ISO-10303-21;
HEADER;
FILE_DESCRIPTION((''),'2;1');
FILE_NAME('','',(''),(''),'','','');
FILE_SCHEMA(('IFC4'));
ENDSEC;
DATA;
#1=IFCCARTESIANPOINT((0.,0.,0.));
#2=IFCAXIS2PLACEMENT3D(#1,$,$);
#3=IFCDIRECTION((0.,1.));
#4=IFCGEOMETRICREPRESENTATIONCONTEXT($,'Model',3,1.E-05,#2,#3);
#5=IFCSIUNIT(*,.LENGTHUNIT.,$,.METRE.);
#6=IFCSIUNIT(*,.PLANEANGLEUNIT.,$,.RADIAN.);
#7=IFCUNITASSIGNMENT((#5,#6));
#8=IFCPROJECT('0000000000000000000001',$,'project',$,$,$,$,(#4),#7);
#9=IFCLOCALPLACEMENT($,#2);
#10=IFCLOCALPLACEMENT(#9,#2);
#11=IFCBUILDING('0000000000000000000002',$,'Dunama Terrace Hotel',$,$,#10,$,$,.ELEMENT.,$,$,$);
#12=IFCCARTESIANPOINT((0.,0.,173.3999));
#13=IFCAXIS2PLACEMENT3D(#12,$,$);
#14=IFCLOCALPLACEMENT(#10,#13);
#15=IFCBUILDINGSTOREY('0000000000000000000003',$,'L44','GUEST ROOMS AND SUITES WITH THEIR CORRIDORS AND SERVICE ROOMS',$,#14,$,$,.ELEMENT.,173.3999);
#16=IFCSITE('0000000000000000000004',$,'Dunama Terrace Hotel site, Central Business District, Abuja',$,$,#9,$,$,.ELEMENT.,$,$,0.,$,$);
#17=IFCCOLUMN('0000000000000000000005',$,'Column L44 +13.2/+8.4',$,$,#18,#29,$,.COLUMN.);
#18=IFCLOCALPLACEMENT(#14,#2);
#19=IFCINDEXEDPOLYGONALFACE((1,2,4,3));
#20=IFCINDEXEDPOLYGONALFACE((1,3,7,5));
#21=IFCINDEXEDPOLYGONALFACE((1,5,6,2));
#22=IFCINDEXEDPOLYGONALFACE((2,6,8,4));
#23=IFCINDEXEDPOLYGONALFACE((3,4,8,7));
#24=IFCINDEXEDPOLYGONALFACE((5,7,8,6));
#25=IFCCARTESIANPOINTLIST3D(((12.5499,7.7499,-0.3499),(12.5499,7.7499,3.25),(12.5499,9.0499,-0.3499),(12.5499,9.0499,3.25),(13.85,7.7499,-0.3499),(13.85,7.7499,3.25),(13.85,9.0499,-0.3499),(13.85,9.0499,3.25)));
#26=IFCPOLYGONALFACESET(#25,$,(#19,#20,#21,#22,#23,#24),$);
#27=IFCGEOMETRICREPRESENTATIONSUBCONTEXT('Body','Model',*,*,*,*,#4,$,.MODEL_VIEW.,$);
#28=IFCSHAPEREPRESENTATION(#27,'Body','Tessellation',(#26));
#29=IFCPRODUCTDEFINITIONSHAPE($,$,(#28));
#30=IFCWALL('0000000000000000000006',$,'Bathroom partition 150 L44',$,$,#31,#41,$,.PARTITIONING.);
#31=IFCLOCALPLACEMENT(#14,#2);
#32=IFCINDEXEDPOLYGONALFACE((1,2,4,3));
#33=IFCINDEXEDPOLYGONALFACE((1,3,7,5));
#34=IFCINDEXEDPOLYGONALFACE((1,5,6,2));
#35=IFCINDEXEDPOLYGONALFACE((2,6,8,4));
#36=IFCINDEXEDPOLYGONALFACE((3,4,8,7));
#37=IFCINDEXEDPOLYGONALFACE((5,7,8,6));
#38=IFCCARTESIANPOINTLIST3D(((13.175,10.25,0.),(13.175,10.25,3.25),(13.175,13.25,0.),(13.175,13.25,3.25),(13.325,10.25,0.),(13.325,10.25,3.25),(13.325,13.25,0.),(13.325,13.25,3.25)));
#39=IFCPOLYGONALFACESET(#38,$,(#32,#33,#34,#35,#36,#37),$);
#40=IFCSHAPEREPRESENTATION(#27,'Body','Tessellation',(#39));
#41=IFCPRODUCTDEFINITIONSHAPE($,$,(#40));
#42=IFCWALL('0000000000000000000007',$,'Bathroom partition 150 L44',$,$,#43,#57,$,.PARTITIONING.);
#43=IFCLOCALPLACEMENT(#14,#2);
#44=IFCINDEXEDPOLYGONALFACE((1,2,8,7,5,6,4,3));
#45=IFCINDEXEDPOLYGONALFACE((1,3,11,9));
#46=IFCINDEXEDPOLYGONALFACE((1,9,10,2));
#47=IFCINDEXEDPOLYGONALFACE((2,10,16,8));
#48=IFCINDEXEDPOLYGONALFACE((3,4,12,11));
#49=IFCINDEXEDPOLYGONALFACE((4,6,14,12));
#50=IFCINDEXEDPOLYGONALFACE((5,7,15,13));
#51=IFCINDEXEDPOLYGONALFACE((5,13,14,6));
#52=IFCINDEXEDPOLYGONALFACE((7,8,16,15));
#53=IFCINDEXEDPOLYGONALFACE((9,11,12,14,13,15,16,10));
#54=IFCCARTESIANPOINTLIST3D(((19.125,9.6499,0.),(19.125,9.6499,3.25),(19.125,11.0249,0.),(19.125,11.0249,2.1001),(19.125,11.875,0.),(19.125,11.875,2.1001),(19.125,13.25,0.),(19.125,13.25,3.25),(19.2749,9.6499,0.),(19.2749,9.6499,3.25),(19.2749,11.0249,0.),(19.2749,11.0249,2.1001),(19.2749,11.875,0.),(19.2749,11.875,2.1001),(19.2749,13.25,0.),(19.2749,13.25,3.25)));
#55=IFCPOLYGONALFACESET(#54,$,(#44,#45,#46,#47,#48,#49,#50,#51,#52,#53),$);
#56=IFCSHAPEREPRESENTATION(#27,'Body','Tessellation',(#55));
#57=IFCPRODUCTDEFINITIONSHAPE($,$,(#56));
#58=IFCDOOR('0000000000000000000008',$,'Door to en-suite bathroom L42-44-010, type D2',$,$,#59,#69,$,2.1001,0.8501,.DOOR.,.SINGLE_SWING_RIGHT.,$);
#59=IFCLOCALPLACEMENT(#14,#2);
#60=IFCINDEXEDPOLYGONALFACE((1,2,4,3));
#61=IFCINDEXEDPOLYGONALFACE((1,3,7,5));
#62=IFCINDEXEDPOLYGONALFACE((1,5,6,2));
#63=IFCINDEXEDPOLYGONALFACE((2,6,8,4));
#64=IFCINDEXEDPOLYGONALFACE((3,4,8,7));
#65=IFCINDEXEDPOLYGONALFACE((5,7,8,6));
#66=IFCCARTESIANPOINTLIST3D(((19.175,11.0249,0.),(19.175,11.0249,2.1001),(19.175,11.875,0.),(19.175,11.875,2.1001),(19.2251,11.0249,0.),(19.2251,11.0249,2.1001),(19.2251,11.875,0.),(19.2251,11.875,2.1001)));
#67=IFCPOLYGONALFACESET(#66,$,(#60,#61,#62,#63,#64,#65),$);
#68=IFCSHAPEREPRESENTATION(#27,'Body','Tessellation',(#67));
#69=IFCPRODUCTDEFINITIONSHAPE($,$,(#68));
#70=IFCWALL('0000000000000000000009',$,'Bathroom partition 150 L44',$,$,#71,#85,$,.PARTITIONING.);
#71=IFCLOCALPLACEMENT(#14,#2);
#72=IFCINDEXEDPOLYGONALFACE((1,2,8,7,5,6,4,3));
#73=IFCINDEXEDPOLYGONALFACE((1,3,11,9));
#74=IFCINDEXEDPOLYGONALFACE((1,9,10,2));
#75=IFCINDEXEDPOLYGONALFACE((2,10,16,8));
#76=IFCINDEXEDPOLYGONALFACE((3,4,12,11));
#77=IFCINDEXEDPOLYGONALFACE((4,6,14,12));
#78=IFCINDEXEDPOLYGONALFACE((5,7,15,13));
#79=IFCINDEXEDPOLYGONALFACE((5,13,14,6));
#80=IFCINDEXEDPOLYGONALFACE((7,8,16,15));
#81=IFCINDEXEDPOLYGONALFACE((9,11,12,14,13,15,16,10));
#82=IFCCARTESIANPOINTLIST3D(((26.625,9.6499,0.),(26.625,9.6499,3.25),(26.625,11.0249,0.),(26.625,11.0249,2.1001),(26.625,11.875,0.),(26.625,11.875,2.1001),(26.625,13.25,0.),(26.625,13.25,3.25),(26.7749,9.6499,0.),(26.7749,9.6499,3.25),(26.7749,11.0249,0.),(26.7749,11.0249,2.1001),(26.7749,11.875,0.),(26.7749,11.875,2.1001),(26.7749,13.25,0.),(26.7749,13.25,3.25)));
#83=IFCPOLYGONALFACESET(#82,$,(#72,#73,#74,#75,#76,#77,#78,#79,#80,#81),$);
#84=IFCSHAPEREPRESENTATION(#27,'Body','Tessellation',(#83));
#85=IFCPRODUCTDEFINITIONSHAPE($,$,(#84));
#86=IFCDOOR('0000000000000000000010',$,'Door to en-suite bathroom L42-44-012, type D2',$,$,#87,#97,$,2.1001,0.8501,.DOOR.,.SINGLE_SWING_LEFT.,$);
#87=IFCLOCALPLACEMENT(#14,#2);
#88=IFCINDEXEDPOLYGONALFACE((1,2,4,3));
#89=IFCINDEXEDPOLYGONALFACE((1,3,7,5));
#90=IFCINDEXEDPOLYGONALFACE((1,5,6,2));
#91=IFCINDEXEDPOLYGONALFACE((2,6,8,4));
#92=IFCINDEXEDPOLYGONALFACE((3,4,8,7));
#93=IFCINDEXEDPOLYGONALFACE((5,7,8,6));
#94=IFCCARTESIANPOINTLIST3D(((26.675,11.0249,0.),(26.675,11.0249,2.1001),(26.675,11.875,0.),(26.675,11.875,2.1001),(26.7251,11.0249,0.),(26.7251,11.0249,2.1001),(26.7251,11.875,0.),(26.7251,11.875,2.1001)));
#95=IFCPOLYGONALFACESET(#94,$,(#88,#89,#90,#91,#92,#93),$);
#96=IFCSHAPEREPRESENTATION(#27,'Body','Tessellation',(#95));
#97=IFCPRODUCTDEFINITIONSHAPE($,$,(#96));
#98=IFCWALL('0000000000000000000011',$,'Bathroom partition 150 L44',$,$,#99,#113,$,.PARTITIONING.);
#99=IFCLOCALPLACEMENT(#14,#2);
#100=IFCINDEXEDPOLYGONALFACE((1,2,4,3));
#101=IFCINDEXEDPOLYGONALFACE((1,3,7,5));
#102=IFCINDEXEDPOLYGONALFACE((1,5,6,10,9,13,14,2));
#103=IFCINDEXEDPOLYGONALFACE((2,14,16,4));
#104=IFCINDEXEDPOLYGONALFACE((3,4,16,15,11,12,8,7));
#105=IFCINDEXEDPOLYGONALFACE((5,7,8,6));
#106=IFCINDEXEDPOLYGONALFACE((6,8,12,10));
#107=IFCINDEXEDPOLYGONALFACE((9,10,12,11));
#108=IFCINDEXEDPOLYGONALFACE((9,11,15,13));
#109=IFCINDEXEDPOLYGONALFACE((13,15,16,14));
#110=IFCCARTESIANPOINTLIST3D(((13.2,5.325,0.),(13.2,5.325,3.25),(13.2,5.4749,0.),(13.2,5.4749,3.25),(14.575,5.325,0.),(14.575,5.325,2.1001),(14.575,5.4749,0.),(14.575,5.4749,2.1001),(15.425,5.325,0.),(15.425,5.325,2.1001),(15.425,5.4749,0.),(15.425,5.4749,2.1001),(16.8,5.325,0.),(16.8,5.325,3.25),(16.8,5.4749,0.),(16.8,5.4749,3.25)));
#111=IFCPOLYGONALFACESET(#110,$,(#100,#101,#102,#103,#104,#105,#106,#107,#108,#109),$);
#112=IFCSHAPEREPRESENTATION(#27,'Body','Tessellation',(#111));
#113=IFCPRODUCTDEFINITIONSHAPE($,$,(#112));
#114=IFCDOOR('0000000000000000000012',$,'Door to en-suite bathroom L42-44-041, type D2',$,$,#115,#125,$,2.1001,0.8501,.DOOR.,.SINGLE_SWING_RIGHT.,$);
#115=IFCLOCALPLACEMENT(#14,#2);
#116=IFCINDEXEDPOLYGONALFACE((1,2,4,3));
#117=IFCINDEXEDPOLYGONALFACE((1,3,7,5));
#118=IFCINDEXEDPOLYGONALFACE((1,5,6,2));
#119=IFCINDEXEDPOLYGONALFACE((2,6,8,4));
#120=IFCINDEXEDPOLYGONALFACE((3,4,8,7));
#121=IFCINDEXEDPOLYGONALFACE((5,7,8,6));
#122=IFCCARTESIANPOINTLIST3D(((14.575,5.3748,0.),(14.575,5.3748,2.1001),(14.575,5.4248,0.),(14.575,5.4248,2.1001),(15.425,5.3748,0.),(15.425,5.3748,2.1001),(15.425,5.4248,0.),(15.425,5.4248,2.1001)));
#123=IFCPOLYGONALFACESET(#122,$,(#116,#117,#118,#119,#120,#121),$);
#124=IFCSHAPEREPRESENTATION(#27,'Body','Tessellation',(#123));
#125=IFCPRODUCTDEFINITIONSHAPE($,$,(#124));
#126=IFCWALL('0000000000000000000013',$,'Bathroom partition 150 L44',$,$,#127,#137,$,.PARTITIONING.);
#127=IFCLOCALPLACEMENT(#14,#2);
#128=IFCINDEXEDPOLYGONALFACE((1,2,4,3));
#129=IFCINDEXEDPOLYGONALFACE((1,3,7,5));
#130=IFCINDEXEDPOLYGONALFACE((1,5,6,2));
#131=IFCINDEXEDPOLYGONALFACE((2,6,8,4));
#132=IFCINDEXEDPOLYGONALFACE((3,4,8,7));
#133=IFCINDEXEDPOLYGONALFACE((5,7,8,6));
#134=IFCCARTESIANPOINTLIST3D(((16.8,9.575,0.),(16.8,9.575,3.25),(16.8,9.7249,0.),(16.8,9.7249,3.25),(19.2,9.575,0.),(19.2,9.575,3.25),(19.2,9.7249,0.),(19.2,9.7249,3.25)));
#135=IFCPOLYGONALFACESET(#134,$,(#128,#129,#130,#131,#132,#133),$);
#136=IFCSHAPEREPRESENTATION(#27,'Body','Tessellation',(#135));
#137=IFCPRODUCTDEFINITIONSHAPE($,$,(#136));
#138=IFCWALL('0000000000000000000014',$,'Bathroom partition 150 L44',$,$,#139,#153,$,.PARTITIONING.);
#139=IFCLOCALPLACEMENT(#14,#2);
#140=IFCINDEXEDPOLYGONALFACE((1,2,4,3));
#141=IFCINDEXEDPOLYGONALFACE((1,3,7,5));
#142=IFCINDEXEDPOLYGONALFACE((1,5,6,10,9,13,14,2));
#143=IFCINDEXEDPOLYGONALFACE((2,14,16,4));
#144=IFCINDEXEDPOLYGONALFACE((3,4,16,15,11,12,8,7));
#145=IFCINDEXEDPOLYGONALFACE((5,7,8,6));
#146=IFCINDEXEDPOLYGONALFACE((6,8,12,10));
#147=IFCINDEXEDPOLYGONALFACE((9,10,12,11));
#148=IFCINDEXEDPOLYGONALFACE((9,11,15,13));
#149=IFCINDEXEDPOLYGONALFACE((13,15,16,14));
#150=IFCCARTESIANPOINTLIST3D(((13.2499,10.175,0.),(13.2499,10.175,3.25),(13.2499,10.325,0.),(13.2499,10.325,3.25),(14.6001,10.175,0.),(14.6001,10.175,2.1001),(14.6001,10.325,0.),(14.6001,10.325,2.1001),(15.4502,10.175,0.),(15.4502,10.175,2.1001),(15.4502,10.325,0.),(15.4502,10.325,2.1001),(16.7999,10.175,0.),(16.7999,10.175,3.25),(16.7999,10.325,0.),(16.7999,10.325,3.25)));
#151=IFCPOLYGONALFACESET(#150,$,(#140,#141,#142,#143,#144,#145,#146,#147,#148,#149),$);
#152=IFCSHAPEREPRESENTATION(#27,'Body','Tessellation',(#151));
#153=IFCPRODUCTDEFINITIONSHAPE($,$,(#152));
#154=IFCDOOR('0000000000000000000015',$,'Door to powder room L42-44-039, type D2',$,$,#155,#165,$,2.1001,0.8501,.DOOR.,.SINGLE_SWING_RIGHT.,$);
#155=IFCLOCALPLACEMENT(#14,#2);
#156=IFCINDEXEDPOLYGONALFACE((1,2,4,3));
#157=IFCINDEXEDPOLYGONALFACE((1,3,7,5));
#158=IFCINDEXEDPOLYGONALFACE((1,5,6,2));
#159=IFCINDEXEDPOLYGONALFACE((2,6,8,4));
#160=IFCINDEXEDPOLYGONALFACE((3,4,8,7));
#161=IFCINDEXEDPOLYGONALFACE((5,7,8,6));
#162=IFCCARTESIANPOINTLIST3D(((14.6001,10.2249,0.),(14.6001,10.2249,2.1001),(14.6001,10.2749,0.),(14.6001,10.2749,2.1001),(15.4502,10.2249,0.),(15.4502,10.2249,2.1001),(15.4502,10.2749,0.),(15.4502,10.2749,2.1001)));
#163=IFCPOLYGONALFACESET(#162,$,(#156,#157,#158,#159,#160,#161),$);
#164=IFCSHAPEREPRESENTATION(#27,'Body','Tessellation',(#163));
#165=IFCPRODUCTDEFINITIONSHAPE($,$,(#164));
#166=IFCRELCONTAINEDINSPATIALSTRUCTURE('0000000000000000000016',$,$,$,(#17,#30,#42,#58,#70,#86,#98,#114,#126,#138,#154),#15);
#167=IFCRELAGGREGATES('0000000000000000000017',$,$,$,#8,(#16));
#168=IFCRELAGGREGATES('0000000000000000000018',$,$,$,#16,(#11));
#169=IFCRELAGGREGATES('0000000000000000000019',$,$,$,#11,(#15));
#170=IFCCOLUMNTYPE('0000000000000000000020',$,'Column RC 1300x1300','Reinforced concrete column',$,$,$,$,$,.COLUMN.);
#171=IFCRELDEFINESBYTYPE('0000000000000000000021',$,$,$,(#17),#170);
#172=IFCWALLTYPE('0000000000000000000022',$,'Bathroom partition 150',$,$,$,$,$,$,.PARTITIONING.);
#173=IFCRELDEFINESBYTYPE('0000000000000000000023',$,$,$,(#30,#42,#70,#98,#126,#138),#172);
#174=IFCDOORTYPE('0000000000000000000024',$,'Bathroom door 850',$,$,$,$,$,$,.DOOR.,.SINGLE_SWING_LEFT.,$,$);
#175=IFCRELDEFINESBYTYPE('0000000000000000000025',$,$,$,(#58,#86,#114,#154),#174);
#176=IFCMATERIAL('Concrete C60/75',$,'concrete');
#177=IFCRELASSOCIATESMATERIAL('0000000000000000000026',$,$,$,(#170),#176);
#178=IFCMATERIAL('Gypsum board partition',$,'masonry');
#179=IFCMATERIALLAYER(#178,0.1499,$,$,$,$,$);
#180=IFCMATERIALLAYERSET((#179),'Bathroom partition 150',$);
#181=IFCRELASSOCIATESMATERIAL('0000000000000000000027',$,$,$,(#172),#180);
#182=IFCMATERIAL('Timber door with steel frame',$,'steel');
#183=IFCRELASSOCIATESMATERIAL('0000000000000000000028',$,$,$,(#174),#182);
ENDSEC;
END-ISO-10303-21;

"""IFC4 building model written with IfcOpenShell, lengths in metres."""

from ifc_helpers import new_model, si_unit, direction, frame, frame_2d, origin, origin_2d, place, context, subcontext, project, spatial, rectangle, extrude, material, layer, layer_set, material_profile, profile_set, type_object, element, fill, save


model = new_model("IFC4")

# Units and contexts
model_context = context("Model", 3, precision=1e-05, world=origin(), true_north=direction((0.0, 1.0)))
body_context = subcontext(model_context, "Body", "Model", "MODEL_VIEW")
ifc_project = project(units=[si_unit("LENGTHUNIT", "METRE"), si_unit("PLANEANGLEUNIT", "RADIAN")], contexts=[model_context])

# Site, building, storey
site_placement = place(None, origin())
site = spatial("IfcSite", under=ifc_project, at=site_placement, Name="Dunama Terrace Hotel site, Central Business District, Abuja", CompositionType="ELEMENT", RefElevation=0.0)
building_placement = place(site_placement, origin())
building = spatial("IfcBuilding", under=site, at=building_placement, Name="Dunama Terrace Hotel", CompositionType="ELEMENT")
storey_placement = place(building_placement, frame((0.0, 0.0, 173.3999)))
storey = spatial("IfcBuildingStorey", under=building, at=storey_placement, Name="L44", Description="GUEST ROOMS AND SUITES WITH THEIR CORRIDORS AND SERVICE ROOMS", CompositionType="ELEMENT", Elevation=173.3999)

# Column
ifc_material_1 = material(Name="Concrete C60/75", Category="concrete")
ifc_material_profile = material_profile(ifc_material_1, rectangle(XDim=1.3, YDim=1.3, at=origin_2d()), Name="RC 1300x1300")
ifc_profile_set = profile_set([ifc_material_profile], Name="Concrete C60/75")
column_type = type_object("IfcColumnType", Name="Column RC 1300x1300", Description="Reinforced concrete column", PredefinedType="COLUMN", material=ifc_profile_set)
column_placement = place(storey_placement, frame((13.2, 8.3999, -0.3499), z_axis=(0.0, 0.0, 1.0), x_axis=(1.0, 0.0, 0.0)))
element("IfcColumn", 1, at=column_placement, inside=storey, type_object=column_type, Name="Column L44 +13.2/+8.4", PredefinedType="COLUMN", context=body_context, shape_type="SweptSolid", body=[
    extrude(rectangle(XDim=1.3, YDim=1.3, at=origin_2d()), origin(), (0.0, 0.0, 1.0), 3.5999),
])

# Wall
ifc_material_2 = material(Name="Gypsum board partition", Category="masonry")
ifc_layer_1 = layer(ifc_material_2, 0.1499)
ifc_layer_set_1 = layer_set([ifc_layer_1], Name="Bathroom partition 150")
wall_type_1 = type_object("IfcWallType", Name="Bathroom partition 150", PredefinedType="PARTITIONING", material=ifc_layer_set_1)
wall_1_placement = place(storey_placement, frame((13.25, 10.25, 0.0), z_axis=(0.0, 0.0, 1.0), x_axis=(0.0, 1.0, 0.0)))
element("IfcWall", 2, at=wall_1_placement, inside=storey, type_object=wall_type_1, Name="Bathroom partition 150 L44", PredefinedType="PARTITIONING", context=body_context, shape_type="SweptSolid", body=[
    extrude(rectangle(XDim=3.0, YDim=0.1499, at=frame_2d((1.5, 0.0))), origin(), (0.0, 0.0, 1.0), 3.25),
])

# Walls, openings, doors
wall_2_placement = place(storey_placement, frame((19.2, 9.6499, 0.0), z_axis=(0.0, 0.0, 1.0), x_axis=(0.0, 1.0, 0.0)))
wall_2 = element("IfcWall", 3, at=wall_2_placement, inside=storey, type_object=wall_type_1, Name="Bathroom partition 150 L44", PredefinedType="PARTITIONING", context=body_context, shape_type="SweptSolid", body=[
    extrude(rectangle(XDim=3.6001, YDim=0.1499, at=frame_2d((1.8, 0.0))), origin(), (0.0, 0.0, 1.0), 3.25),
])
opening_1_placement = place(wall_2_placement, frame((1.375, 0.0, 0.0)))
opening_1 = element("IfcOpeningElement", 4, at=opening_1_placement, cuts=wall_2, PredefinedType="OPENING", context=body_context, shape_type="SweptSolid", body=[
    extrude(rectangle(XDim=0.8501, YDim=2.1001, at=frame_2d((0.425, 1.05))), frame((0.0, 0.085, 0.0), z_axis=(0.0, -1.0, 0.0), x_axis=(1.0, 0.0, 0.0)), (0.0, 0.0, 1.0), 0.1699),
])
ifc_material_3 = material(Name="Timber door with steel frame", Category="steel")
door_type_1 = type_object("IfcDoorType", Name="Bathroom door 850", OperationType="SINGLE_SWING_LEFT", PredefinedType="DOOR", material=ifc_material_3)
door_1_placement = place(opening_1_placement, origin())
door_1 = element("IfcDoor", 5, at=door_1_placement, inside=storey, type_object=door_type_1, Name="Door to en-suite bathroom L42-44-010, type D2", OperationType="SINGLE_SWING_RIGHT", OverallHeight=2.1001, OverallWidth=0.8501, PredefinedType="DOOR", context=body_context, shape_type="SweptSolid", body=[
    extrude(rectangle(XDim=0.8501, YDim=2.1001, at=frame_2d((0.425, 1.05))), frame((0.0, 0.0249, 0.0), z_axis=(0.0, -1.0, 0.0), x_axis=(1.0, 0.0, 0.0)), (0.0, 0.0, 1.0), 0.05),
])
fill(opening_1, door_1)
wall_3_placement = place(storey_placement, frame((26.7, 9.6499, 0.0), z_axis=(0.0, 0.0, 1.0), x_axis=(0.0, 1.0, 0.0)))
wall_3 = element("IfcWall", 6, at=wall_3_placement, inside=storey, type_object=wall_type_1, Name="Bathroom partition 150 L44", PredefinedType="PARTITIONING", context=body_context, shape_type="SweptSolid", body=[
    extrude(rectangle(XDim=3.6001, YDim=0.1499, at=frame_2d((1.8, 0.0))), origin(), (0.0, 0.0, 1.0), 3.25),
])
opening_2_placement = place(wall_3_placement, frame((1.375, 0.0, 0.0)))
opening_2 = element("IfcOpeningElement", 7, at=opening_2_placement, cuts=wall_3, PredefinedType="OPENING", context=body_context, shape_type="SweptSolid", body=[
    extrude(rectangle(XDim=0.8501, YDim=2.1001, at=frame_2d((0.425, 1.05))), frame((0.0, 0.085, 0.0), z_axis=(0.0, -1.0, 0.0), x_axis=(1.0, 0.0, 0.0)), (0.0, 0.0, 1.0), 0.1699),
])
door_2_placement = place(opening_2_placement, frame((0.8501, 0.0, 0.0), z_axis=(0.0, 0.0, 1.0), x_axis=(-1.0, 0.0, 0.0)))
door_2 = element("IfcDoor", 8, at=door_2_placement, inside=storey, type_object=door_type_1, Name="Door to en-suite bathroom L42-44-012, type D2", OperationType="SINGLE_SWING_LEFT", OverallHeight=2.1001, OverallWidth=0.8501, PredefinedType="DOOR", context=body_context, shape_type="SweptSolid", body=[
    extrude(rectangle(XDim=0.8501, YDim=2.1001, at=frame_2d((0.425, 1.05))), frame((0.0, 0.0251, 0.0), z_axis=(0.0, -1.0, 0.0), x_axis=(1.0, 0.0, 0.0)), (0.0, 0.0, 1.0), 0.05),
])
fill(opening_2, door_2)
wall_4_placement = place(storey_placement, frame((13.2, 5.3999, 0.0), z_axis=(0.0, 0.0, 1.0), x_axis=(1.0, 0.0, 0.0)))
wall_4 = element("IfcWall", 9, at=wall_4_placement, inside=storey, type_object=wall_type_1, Name="Bathroom partition 150 L44", PredefinedType="PARTITIONING", context=body_context, shape_type="SweptSolid", body=[
    extrude(rectangle(XDim=3.6001, YDim=0.1499, at=frame_2d((1.8, 0.0))), origin(), (0.0, 0.0, 1.0), 3.25),
])
opening_3_placement = place(wall_4_placement, frame((1.375, 0.0, 0.0)))
opening_3 = element("IfcOpeningElement", 10, at=opening_3_placement, cuts=wall_4, PredefinedType="OPENING", context=body_context, shape_type="SweptSolid", body=[
    extrude(rectangle(XDim=0.8501, YDim=2.1001, at=frame_2d((0.425, 1.05))), frame((0.0, 0.085, 0.0), z_axis=(0.0, -1.0, 0.0), x_axis=(1.0, 0.0, 0.0)), (0.0, 0.0, 1.0), 0.1699),
])
door_3_placement = place(opening_3_placement, origin())
door_3 = element("IfcDoor", 11, at=door_3_placement, inside=storey, type_object=door_type_1, Name="Door to en-suite bathroom L42-44-041, type D2", OperationType="SINGLE_SWING_RIGHT", OverallHeight=2.1001, OverallWidth=0.8501, PredefinedType="DOOR", context=body_context, shape_type="SweptSolid", body=[
    extrude(rectangle(XDim=0.8501, YDim=2.1001, at=frame_2d((0.425, 1.05))), frame((0.0, 0.0249, 0.0), z_axis=(0.0, -1.0, 0.0), x_axis=(1.0, 0.0, 0.0)), (0.0, 0.0, 1.0), 0.05),
])
fill(opening_3, door_3)

# Wall
wall_5_placement = place(storey_placement, frame((16.8, 9.6499, 0.0), z_axis=(0.0, 0.0, 1.0), x_axis=(1.0, 0.0, 0.0)))
element("IfcWall", 12, at=wall_5_placement, inside=storey, type_object=wall_type_1, Name="Bathroom partition 150 L44", PredefinedType="PARTITIONING", context=body_context, shape_type="SweptSolid", body=[
    extrude(rectangle(XDim=2.3999, YDim=0.1499, at=frame_2d((1.2, 0.0))), origin(), (0.0, 0.0, 1.0), 3.25),
])

# Wall, opening, door
wall_6_placement = place(storey_placement, frame((13.25, 10.25, 0.0), z_axis=(0.0, 0.0, 1.0), x_axis=(1.0, 0.0, 0.0)))
wall_6 = element("IfcWall", 13, at=wall_6_placement, inside=storey, type_object=wall_type_1, Name="Bathroom partition 150 L44", PredefinedType="PARTITIONING", context=body_context, shape_type="SweptSolid", body=[
    extrude(rectangle(XDim=3.55, YDim=0.1499, at=frame_2d((1.7749, 0.0))), origin(), (0.0, 0.0, 1.0), 3.25),
])
opening_4_placement = place(wall_6_placement, frame((1.3501, 0.0, 0.0)))
opening_4 = element("IfcOpeningElement", 14, at=opening_4_placement, cuts=wall_6, PredefinedType="OPENING", context=body_context, shape_type="SweptSolid", body=[
    extrude(rectangle(XDim=0.8501, YDim=2.1001, at=frame_2d((0.425, 1.05))), frame((0.0, 0.085, 0.0), z_axis=(0.0, -1.0, 0.0), x_axis=(1.0, 0.0, 0.0)), (0.0, 0.0, 1.0), 0.1699),
])
door_4_placement = place(opening_4_placement, origin())
door_4 = element("IfcDoor", 15, at=door_4_placement, inside=storey, type_object=door_type_1, Name="Door to powder room L42-44-039, type D2", OperationType="SINGLE_SWING_RIGHT", OverallHeight=2.1001, OverallWidth=0.8501, PredefinedType="DOOR", context=body_context, shape_type="SweptSolid", body=[
    extrude(rectangle(XDim=0.8501, YDim=2.1001, at=frame_2d((0.425, 1.05))), frame((0.0, 0.0249, 0.0), z_axis=(0.0, -1.0, 0.0), x_axis=(1.0, 0.0, 0.0)), (0.0, 0.0, 1.0), 0.05),
])
fill(opening_4, door_4)

save(model, "model.ifc")
